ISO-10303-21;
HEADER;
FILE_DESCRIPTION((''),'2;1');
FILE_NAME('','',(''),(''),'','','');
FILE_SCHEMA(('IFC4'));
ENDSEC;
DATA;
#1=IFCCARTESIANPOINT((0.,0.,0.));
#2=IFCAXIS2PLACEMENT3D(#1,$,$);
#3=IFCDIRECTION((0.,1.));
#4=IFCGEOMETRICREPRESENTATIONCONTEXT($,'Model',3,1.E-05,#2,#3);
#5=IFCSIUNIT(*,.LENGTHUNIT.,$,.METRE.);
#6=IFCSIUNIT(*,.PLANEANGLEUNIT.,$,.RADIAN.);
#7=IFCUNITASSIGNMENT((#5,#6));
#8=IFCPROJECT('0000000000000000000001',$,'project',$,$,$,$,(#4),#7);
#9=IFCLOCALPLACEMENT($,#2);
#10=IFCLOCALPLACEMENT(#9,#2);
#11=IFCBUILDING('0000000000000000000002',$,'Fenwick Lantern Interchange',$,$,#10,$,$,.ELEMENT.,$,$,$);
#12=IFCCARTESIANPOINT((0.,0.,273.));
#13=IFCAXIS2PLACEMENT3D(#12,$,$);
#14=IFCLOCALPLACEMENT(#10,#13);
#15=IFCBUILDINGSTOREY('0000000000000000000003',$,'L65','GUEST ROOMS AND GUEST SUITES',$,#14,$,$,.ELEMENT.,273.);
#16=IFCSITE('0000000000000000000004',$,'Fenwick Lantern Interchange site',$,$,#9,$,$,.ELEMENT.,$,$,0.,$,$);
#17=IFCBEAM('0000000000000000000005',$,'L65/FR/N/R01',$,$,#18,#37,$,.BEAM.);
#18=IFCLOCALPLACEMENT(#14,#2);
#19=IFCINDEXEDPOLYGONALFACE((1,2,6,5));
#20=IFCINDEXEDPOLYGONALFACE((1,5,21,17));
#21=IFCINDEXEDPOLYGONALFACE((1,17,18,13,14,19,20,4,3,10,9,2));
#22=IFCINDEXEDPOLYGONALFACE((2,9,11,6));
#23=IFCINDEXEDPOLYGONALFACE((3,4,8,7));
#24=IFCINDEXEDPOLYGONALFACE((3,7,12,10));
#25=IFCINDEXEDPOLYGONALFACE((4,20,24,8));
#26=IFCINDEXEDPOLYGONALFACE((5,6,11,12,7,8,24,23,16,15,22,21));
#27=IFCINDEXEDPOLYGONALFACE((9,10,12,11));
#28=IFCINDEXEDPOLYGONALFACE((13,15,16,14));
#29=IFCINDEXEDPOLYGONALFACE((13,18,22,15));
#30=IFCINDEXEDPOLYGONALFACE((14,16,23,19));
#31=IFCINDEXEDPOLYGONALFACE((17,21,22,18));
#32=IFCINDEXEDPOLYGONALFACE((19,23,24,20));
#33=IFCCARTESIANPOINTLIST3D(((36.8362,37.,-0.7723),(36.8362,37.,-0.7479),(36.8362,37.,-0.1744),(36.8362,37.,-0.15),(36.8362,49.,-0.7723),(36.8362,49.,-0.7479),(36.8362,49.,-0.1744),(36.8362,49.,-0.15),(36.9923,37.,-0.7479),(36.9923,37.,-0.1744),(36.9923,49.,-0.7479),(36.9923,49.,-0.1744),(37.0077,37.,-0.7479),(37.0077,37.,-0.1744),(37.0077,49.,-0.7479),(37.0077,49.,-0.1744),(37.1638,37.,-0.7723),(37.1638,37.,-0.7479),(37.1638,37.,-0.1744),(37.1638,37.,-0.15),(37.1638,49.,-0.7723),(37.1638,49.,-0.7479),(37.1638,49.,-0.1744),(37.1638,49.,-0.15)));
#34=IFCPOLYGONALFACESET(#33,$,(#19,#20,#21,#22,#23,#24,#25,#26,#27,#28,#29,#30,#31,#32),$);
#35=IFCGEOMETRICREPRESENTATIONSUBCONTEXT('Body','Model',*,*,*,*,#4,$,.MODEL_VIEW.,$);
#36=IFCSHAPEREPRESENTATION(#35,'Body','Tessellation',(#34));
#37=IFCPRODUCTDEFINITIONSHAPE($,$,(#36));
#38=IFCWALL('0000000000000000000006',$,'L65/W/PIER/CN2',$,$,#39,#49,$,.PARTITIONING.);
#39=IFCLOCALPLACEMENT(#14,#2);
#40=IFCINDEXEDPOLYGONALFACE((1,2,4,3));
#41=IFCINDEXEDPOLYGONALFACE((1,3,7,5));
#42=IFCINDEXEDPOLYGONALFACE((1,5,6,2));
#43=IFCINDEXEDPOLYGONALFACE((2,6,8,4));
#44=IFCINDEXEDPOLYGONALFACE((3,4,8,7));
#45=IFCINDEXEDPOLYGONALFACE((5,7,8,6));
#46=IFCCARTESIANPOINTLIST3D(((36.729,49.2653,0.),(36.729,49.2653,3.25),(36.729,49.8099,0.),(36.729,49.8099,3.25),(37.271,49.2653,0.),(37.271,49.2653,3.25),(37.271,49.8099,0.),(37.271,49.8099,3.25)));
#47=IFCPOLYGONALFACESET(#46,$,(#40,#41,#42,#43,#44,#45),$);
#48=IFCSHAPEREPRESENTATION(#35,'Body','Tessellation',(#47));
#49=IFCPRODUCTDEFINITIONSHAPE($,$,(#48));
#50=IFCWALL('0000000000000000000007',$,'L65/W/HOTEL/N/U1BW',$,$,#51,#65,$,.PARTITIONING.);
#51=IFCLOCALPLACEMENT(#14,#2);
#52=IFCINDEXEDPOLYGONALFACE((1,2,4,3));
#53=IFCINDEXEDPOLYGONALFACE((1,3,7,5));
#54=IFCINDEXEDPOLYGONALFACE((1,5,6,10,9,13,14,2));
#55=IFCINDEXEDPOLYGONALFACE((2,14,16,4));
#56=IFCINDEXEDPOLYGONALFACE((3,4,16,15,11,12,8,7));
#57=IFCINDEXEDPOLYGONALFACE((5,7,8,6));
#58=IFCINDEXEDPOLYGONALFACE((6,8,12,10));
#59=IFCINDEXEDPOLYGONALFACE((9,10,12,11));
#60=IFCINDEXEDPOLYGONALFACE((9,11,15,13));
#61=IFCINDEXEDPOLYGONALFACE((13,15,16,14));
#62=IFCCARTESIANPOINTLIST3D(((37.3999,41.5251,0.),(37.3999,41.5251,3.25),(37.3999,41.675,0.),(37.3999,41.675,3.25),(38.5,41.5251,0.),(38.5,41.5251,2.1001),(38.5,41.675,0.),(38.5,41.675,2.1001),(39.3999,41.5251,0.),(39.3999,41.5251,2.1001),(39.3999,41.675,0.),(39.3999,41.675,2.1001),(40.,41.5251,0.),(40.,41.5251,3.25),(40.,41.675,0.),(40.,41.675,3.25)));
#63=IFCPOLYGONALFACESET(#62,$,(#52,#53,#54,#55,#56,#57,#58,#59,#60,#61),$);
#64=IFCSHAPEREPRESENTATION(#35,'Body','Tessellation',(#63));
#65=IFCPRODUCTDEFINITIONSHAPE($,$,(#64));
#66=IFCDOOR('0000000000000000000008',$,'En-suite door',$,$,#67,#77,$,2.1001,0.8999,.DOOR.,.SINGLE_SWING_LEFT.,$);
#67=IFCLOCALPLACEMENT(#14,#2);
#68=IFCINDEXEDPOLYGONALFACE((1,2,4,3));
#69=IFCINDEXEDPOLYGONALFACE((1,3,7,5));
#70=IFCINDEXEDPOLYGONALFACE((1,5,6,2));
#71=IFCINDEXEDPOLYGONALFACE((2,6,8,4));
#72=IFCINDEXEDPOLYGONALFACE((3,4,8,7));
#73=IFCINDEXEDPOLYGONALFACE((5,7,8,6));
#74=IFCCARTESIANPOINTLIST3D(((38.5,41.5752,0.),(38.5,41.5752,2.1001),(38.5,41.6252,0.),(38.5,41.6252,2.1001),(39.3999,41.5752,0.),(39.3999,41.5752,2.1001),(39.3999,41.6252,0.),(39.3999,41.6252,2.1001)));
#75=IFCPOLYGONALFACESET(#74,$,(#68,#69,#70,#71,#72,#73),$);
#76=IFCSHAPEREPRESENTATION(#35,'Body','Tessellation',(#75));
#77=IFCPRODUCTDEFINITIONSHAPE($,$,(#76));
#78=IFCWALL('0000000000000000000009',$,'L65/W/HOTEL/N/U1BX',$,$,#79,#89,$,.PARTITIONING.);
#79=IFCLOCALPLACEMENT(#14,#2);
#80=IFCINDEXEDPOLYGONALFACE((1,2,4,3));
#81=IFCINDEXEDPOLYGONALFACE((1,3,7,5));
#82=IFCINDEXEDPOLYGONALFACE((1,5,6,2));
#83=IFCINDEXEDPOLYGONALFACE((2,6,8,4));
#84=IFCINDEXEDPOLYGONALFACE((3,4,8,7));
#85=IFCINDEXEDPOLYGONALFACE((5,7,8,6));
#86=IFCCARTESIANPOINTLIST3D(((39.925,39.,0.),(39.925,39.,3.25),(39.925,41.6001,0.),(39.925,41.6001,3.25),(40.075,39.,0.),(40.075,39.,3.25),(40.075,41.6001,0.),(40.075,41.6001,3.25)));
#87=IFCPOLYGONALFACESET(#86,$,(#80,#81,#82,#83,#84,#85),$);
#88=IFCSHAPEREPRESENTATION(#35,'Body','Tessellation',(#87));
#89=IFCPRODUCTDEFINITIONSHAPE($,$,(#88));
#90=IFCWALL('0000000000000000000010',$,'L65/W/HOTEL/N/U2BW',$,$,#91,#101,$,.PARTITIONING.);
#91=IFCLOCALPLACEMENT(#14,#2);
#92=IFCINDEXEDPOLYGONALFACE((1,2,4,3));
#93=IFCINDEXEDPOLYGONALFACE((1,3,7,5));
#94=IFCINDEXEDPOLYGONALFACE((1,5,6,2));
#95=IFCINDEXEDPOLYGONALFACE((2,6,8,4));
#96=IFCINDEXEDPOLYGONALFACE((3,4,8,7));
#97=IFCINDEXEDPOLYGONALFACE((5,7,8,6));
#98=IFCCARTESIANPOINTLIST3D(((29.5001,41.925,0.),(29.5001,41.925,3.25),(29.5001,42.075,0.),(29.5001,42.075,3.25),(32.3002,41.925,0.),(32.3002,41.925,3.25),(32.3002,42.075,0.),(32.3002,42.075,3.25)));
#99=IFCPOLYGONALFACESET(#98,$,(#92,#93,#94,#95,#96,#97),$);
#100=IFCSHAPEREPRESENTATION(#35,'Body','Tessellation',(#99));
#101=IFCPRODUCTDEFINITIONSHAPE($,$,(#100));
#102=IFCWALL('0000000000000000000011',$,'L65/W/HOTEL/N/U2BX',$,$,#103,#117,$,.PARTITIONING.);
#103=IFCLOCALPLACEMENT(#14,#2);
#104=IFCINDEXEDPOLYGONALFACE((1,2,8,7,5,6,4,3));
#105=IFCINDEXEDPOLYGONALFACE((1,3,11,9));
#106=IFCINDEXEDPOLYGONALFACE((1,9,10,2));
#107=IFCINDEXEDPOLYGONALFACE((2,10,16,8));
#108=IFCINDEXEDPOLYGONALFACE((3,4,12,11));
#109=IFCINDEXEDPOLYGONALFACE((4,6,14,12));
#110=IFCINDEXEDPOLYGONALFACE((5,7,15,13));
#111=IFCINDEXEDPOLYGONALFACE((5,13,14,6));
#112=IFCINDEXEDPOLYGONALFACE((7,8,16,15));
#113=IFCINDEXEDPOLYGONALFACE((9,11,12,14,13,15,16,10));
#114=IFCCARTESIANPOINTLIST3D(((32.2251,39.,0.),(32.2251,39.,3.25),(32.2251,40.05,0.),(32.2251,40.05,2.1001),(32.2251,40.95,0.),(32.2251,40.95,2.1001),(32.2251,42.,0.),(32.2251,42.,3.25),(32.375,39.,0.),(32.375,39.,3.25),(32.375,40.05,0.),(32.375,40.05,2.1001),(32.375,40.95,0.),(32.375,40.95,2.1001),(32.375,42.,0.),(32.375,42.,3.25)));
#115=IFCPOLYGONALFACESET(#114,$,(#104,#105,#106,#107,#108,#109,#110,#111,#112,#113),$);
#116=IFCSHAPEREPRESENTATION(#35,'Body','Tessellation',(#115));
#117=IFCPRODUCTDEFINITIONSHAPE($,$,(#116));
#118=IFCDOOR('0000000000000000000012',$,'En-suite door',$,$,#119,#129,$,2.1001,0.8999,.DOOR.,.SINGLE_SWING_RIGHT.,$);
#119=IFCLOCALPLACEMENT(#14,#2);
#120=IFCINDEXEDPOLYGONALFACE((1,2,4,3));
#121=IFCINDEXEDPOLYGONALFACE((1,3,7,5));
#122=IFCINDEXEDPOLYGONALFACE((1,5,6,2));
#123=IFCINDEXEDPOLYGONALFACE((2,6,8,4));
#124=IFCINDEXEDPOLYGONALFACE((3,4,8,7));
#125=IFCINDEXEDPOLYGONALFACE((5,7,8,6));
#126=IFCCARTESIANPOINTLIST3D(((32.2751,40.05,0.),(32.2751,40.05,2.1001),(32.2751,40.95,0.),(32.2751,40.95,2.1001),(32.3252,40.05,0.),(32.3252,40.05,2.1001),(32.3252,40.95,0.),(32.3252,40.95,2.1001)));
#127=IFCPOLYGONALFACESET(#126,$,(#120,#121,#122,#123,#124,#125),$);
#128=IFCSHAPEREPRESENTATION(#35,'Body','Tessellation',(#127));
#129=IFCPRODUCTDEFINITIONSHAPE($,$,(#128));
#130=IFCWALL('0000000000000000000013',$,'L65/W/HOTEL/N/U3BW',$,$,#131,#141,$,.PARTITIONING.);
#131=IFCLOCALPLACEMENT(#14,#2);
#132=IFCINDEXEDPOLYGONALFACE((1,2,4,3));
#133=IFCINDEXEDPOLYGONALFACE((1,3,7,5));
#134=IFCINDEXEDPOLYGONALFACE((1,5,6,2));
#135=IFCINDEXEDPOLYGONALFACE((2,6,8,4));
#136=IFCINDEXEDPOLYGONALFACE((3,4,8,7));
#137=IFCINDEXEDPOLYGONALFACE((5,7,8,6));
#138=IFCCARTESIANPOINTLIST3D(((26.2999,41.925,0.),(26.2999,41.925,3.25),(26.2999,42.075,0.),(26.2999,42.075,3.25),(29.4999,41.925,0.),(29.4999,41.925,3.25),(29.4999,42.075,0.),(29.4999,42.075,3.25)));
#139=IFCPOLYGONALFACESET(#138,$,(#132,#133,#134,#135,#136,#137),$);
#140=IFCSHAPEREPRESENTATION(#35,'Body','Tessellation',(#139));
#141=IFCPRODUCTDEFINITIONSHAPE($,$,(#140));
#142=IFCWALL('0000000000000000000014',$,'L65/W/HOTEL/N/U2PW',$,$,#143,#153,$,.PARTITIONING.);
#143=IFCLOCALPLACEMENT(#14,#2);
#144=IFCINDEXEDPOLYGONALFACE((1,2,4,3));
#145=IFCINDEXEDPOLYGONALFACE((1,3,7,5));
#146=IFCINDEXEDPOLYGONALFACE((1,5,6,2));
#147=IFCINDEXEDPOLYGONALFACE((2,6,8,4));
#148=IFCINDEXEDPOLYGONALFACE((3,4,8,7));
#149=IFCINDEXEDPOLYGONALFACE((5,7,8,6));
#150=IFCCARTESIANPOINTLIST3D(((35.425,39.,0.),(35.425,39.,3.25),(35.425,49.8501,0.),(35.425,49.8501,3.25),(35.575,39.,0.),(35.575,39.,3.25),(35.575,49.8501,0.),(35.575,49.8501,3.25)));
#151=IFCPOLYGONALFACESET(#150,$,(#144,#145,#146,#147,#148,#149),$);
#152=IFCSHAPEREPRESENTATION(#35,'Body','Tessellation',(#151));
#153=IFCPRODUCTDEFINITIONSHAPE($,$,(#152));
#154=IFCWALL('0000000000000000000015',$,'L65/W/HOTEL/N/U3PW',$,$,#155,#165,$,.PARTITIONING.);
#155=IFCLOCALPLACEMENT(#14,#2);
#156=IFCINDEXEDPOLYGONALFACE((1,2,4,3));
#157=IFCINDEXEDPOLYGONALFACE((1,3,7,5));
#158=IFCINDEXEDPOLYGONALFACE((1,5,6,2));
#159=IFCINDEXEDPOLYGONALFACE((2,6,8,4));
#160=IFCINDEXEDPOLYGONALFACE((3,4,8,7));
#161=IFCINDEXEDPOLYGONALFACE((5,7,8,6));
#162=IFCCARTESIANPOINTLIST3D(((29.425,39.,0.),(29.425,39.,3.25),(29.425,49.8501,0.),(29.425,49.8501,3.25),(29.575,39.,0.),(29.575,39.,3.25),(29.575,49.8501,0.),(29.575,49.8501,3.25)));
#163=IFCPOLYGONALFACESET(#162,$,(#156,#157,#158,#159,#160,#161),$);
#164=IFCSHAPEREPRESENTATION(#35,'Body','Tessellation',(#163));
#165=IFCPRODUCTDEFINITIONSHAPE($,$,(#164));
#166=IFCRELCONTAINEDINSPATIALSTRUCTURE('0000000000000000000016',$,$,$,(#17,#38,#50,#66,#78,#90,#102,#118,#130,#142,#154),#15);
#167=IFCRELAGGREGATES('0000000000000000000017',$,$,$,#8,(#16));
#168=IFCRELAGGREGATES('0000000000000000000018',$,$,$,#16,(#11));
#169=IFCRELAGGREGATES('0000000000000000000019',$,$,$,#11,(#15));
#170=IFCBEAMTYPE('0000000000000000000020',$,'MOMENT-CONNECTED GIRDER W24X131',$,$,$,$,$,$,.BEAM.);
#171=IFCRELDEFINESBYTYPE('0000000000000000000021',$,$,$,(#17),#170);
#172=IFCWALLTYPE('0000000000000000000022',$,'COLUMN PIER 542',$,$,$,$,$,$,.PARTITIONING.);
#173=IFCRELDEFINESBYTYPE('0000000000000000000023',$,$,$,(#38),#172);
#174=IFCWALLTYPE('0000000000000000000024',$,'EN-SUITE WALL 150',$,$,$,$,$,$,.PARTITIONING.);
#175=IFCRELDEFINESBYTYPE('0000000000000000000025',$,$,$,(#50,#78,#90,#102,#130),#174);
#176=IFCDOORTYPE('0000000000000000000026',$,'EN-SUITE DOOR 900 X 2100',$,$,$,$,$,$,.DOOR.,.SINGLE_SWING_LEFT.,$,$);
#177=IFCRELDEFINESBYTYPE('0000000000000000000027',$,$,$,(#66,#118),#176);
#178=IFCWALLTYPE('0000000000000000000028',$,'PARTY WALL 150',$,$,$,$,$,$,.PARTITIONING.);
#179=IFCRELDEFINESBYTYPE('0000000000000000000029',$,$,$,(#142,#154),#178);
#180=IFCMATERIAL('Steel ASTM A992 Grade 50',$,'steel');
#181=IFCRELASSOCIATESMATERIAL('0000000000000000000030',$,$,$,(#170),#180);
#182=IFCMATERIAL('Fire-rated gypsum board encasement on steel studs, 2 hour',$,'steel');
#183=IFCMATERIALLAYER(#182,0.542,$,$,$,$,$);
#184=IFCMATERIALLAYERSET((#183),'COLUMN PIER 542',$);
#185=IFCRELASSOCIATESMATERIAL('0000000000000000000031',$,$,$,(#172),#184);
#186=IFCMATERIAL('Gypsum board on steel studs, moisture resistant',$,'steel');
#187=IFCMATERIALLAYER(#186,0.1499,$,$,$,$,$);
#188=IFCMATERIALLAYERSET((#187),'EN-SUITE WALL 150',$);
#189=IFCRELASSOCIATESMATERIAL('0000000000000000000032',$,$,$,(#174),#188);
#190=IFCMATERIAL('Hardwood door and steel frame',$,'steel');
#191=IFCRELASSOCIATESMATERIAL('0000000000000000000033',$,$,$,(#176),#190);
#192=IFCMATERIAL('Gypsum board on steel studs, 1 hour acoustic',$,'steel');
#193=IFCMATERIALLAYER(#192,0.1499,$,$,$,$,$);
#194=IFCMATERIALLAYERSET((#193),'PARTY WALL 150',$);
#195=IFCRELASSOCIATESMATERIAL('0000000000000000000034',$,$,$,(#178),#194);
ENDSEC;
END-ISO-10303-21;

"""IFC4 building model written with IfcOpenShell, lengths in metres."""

from ifc_helpers import new_model, si_unit, direction, frame, frame_2d, origin, origin_2d, place, context, subcontext, project, spatial, rectangle, i_section, extrude, material, layer, layer_set, material_profile, profile_set, type_object, element, fill, save


model = new_model("IFC4")

# Units and contexts
model_context = context("Model", 3, precision=1e-05, world=origin(), true_north=direction((0.0, 1.0)))
body_context = subcontext(model_context, "Body", "Model", "MODEL_VIEW")
ifc_project = project(units=[si_unit("LENGTHUNIT", "METRE"), si_unit("PLANEANGLEUNIT", "RADIAN")], contexts=[model_context])

# Site, building, storey
site_placement = place(None, origin())
site = spatial("IfcSite", under=ifc_project, at=site_placement, Name="Fenwick Lantern Interchange site", CompositionType="ELEMENT", RefElevation=0.0)
building_placement = place(site_placement, origin())
building = spatial("IfcBuilding", under=site, at=building_placement, Name="Fenwick Lantern Interchange", CompositionType="ELEMENT")
storey_placement = place(building_placement, frame((0.0, 0.0, 273.0)))
storey = spatial("IfcBuildingStorey", under=building, at=storey_placement, Name="L65", Description="GUEST ROOMS AND GUEST SUITES", CompositionType="ELEMENT", Elevation=273.0)

# Shared definitions
ifc_material_1 = material(Name="Steel ASTM A992 Grade 50", Category="steel")

# Beam
ifc_material_profile_1 = material_profile(ifc_material_1, i_section(OverallWidth=0.3276, OverallDepth=0.6223, WebThickness=0.0154, FlangeThickness=0.0244, at=origin_2d()), Name="W24X131")
ifc_profile_set_1 = profile_set([ifc_material_profile_1], Name="Steel ASTM A992 Grade 50")
beam_type_1 = type_object("IfcBeamType", Name="MOMENT-CONNECTED GIRDER W24X131", PredefinedType="BEAM", material=ifc_profile_set_1)
beam_1_placement = place(storey_placement, frame((37.0, 49.0, -0.4612), z_axis=(0.0, -1.0, 0.0), x_axis=(1.0, 0.0, 0.0)))
element("IfcBeam", 1, at=beam_1_placement, inside=storey, type_object=beam_type_1, Name="L65/FR/N/R01", PredefinedType="BEAM", context=body_context, shape_type="SweptSolid", body=[
    extrude(i_section(OverallWidth=0.3276, OverallDepth=0.6223, WebThickness=0.0154, FlangeThickness=0.0244, at=origin_2d()), origin(), (0.0, 0.0, 1.0), 12.0),
])

# Wall
ifc_material_2 = material(Name="Fire-rated gypsum board encasement on steel studs, 2 hour", Category="steel")
ifc_layer_1 = layer(ifc_material_2, 0.542)
ifc_layer_set_1 = layer_set([ifc_layer_1], Name="COLUMN PIER 542")
wall_type_1 = type_object("IfcWallType", Name="COLUMN PIER 542", PredefinedType="PARTITIONING", material=ifc_layer_set_1)
wall_1_placement = place(storey_placement, frame((37.0, 49.8101, 0.0), z_axis=(0.0, 0.0, 1.0), x_axis=(0.0, -1.0, 0.0)))
element("IfcWall", 2, at=wall_1_placement, inside=storey, type_object=wall_type_1, Name="L65/W/PIER/CN2", PredefinedType="PARTITIONING", context=body_context, shape_type="SweptSolid", body=[
    extrude(rectangle(XDim=0.5447, YDim=0.542, at=frame_2d((0.2725, 0.0))), origin(), (0.0, 0.0, 1.0), 3.25),
])

# Wall, opening, door
ifc_material_3 = material(Name="Gypsum board on steel studs, moisture resistant", Category="steel")
ifc_layer_2 = layer(ifc_material_3, 0.1499)
ifc_layer_set_2 = layer_set([ifc_layer_2], Name="EN-SUITE WALL 150")
wall_type_2 = type_object("IfcWallType", Name="EN-SUITE WALL 150", PredefinedType="PARTITIONING", material=ifc_layer_set_2)
wall_2_placement = place(storey_placement, frame((40.0, 41.6001, 0.0), z_axis=(0.0, 0.0, 1.0), x_axis=(-1.0, 0.0, 0.0)))
wall_2 = element("IfcWall", 3, at=wall_2_placement, inside=storey, type_object=wall_type_2, Name="L65/W/HOTEL/N/U1BW", PredefinedType="PARTITIONING", context=body_context, shape_type="SweptSolid", body=[
    extrude(rectangle(XDim=2.6001, YDim=0.1499, at=frame_2d((1.3, 0.0))), origin(), (0.0, 0.0, 1.0), 3.25),
])
opening_1_placement = place(wall_2_placement, frame((0.6001, 0.0, 0.0)))
opening_1 = element("IfcOpeningElement", 4, at=opening_1_placement, cuts=wall_2, PredefinedType="OPENING", context=body_context, shape_type="SweptSolid", body=[
    extrude(rectangle(XDim=0.8999, YDim=2.1001, at=frame_2d((0.45, 1.05))), frame((0.0, 0.085, 0.0), z_axis=(0.0, -1.0, 0.0), x_axis=(1.0, 0.0, 0.0)), (0.0, 0.0, 1.0), 0.1699),
])
ifc_material_4 = material(Name="Hardwood door and steel frame", Category="steel")
door_type = type_object("IfcDoorType", Name="EN-SUITE DOOR 900 X 2100", OperationType="SINGLE_SWING_LEFT", PredefinedType="DOOR", material=ifc_material_4)
door_1_placement = place(opening_1_placement, origin())
door_1 = element("IfcDoor", 5, at=door_1_placement, inside=storey, type_object=door_type, Name="En-suite door", OperationType="SINGLE_SWING_LEFT", OverallHeight=2.1001, OverallWidth=0.8999, PredefinedType="DOOR", context=body_context, shape_type="SweptSolid", body=[
    extrude(rectangle(XDim=0.8999, YDim=2.1001, at=frame_2d((0.45, 1.05))), frame((0.0, 0.0249, 0.0), z_axis=(0.0, -1.0, 0.0), x_axis=(1.0, 0.0, 0.0)), (0.0, 0.0, 1.0), 0.05),
])
fill(opening_1, door_1)

# Walls
wall_3_placement = place(storey_placement, frame((40.0, 41.6001, 0.0), z_axis=(0.0, 0.0, 1.0), x_axis=(0.0, -1.0, 0.0)))
element("IfcWall", 6, at=wall_3_placement, inside=storey, type_object=wall_type_2, Name="L65/W/HOTEL/N/U1BX", PredefinedType="PARTITIONING", context=body_context, shape_type="SweptSolid", body=[
    extrude(rectangle(XDim=2.6001, YDim=0.1499, at=frame_2d((1.3, 0.0))), origin(), (0.0, 0.0, 1.0), 3.25),
])
wall_4_placement = place(storey_placement, frame((32.3, 42.0, 0.0), z_axis=(0.0, 0.0, 1.0), x_axis=(-1.0, 0.0, 0.0)))
element("IfcWall", 7, at=wall_4_placement, inside=storey, type_object=wall_type_2, Name="L65/W/HOTEL/N/U2BW", PredefinedType="PARTITIONING", context=body_context, shape_type="SweptSolid", body=[
    extrude(rectangle(XDim=2.8, YDim=0.1499, at=frame_2d((1.3999, 0.0))), origin(), (0.0, 0.0, 1.0), 3.25),
])

# Wall, opening, door
wall_5_placement = place(storey_placement, frame((32.3, 42.0, 0.0), z_axis=(0.0, 0.0, 1.0), x_axis=(0.0, -1.0, 0.0)))
wall_5 = element("IfcWall", 8, at=wall_5_placement, inside=storey, type_object=wall_type_2, Name="L65/W/HOTEL/N/U2BX", PredefinedType="PARTITIONING", context=body_context, shape_type="SweptSolid", body=[
    extrude(rectangle(XDim=3.0, YDim=0.1499, at=frame_2d((1.5, 0.0))), origin(), (0.0, 0.0, 1.0), 3.25),
])
opening_2_placement = place(wall_5_placement, frame((1.05, 0.0, 0.0)))
opening_2 = element("IfcOpeningElement", 9, at=opening_2_placement, cuts=wall_5, PredefinedType="OPENING", context=body_context, shape_type="SweptSolid", body=[
    extrude(rectangle(XDim=0.8999, YDim=2.1001, at=frame_2d((0.45, 1.05))), frame((0.0, 0.085, 0.0), z_axis=(0.0, -1.0, 0.0), x_axis=(1.0, 0.0, 0.0)), (0.0, 0.0, 1.0), 0.1699),
])
door_2_placement = place(opening_2_placement, frame((0.8999, 0.0, 0.0), z_axis=(0.0, 0.0, 1.0), x_axis=(-1.0, 0.0, 0.0)))
door_2 = element("IfcDoor", 10, at=door_2_placement, inside=storey, type_object=door_type, Name="En-suite door", OperationType="SINGLE_SWING_RIGHT", OverallHeight=2.1001, OverallWidth=0.8999, PredefinedType="DOOR", context=body_context, shape_type="SweptSolid", body=[
    extrude(rectangle(XDim=0.8999, YDim=2.1001, at=frame_2d((0.45, 1.05))), frame((0.0, 0.0249, 0.0), z_axis=(0.0, -1.0, 0.0), x_axis=(1.0, 0.0, 0.0)), (0.0, 0.0, 1.0), 0.05),
])
fill(opening_2, door_2)

# Walls
wall_6_placement = place(storey_placement, frame((29.5, 42.0, 0.0), z_axis=(0.0, 0.0, 1.0), x_axis=(-1.0, 0.0, 0.0)))
element("IfcWall", 11, at=wall_6_placement, inside=storey, type_object=wall_type_2, Name="L65/W/HOTEL/N/U3BW", PredefinedType="PARTITIONING", context=body_context, shape_type="SweptSolid", body=[
    extrude(rectangle(XDim=3.2, YDim=0.1499, at=frame_2d((1.6001, 0.0))), origin(), (0.0, 0.0, 1.0), 3.25),
])
ifc_material_5 = material(Name="Gypsum board on steel studs, 1 hour acoustic", Category="steel")
ifc_layer_3 = layer(ifc_material_5, 0.1499)
ifc_layer_set_3 = layer_set([ifc_layer_3], Name="PARTY WALL 150")
wall_type_3 = type_object("IfcWallType", Name="PARTY WALL 150", PredefinedType="PARTITIONING", material=ifc_layer_set_3)
for number, where, z_axis, x_axis, name in (
    (12, (35.5, 49.8501, 0.0), (0.0, 0.0, 1.0), (0.0, -1.0, 0.0), "L65/W/HOTEL/N/U2PW"),
    (13, (29.5, 49.8501, 0.0), (0.0, 0.0, 1.0), (0.0, -1.0, 0.0), "L65/W/HOTEL/N/U3PW"),
):
    element("IfcWall", number, at=place(storey_placement, frame(where, z_axis=z_axis, x_axis=x_axis)), inside=storey, type_object=wall_type_3, Name=name, PredefinedType="PARTITIONING", context=body_context, shape_type="SweptSolid", body=[
        extrude(rectangle(XDim=10.8501, YDim=0.1499, at=frame_2d((5.425, 0.0))), origin(), (0.0, 0.0, 1.0), 3.25),
    ])

save(model, "model.ifc")
